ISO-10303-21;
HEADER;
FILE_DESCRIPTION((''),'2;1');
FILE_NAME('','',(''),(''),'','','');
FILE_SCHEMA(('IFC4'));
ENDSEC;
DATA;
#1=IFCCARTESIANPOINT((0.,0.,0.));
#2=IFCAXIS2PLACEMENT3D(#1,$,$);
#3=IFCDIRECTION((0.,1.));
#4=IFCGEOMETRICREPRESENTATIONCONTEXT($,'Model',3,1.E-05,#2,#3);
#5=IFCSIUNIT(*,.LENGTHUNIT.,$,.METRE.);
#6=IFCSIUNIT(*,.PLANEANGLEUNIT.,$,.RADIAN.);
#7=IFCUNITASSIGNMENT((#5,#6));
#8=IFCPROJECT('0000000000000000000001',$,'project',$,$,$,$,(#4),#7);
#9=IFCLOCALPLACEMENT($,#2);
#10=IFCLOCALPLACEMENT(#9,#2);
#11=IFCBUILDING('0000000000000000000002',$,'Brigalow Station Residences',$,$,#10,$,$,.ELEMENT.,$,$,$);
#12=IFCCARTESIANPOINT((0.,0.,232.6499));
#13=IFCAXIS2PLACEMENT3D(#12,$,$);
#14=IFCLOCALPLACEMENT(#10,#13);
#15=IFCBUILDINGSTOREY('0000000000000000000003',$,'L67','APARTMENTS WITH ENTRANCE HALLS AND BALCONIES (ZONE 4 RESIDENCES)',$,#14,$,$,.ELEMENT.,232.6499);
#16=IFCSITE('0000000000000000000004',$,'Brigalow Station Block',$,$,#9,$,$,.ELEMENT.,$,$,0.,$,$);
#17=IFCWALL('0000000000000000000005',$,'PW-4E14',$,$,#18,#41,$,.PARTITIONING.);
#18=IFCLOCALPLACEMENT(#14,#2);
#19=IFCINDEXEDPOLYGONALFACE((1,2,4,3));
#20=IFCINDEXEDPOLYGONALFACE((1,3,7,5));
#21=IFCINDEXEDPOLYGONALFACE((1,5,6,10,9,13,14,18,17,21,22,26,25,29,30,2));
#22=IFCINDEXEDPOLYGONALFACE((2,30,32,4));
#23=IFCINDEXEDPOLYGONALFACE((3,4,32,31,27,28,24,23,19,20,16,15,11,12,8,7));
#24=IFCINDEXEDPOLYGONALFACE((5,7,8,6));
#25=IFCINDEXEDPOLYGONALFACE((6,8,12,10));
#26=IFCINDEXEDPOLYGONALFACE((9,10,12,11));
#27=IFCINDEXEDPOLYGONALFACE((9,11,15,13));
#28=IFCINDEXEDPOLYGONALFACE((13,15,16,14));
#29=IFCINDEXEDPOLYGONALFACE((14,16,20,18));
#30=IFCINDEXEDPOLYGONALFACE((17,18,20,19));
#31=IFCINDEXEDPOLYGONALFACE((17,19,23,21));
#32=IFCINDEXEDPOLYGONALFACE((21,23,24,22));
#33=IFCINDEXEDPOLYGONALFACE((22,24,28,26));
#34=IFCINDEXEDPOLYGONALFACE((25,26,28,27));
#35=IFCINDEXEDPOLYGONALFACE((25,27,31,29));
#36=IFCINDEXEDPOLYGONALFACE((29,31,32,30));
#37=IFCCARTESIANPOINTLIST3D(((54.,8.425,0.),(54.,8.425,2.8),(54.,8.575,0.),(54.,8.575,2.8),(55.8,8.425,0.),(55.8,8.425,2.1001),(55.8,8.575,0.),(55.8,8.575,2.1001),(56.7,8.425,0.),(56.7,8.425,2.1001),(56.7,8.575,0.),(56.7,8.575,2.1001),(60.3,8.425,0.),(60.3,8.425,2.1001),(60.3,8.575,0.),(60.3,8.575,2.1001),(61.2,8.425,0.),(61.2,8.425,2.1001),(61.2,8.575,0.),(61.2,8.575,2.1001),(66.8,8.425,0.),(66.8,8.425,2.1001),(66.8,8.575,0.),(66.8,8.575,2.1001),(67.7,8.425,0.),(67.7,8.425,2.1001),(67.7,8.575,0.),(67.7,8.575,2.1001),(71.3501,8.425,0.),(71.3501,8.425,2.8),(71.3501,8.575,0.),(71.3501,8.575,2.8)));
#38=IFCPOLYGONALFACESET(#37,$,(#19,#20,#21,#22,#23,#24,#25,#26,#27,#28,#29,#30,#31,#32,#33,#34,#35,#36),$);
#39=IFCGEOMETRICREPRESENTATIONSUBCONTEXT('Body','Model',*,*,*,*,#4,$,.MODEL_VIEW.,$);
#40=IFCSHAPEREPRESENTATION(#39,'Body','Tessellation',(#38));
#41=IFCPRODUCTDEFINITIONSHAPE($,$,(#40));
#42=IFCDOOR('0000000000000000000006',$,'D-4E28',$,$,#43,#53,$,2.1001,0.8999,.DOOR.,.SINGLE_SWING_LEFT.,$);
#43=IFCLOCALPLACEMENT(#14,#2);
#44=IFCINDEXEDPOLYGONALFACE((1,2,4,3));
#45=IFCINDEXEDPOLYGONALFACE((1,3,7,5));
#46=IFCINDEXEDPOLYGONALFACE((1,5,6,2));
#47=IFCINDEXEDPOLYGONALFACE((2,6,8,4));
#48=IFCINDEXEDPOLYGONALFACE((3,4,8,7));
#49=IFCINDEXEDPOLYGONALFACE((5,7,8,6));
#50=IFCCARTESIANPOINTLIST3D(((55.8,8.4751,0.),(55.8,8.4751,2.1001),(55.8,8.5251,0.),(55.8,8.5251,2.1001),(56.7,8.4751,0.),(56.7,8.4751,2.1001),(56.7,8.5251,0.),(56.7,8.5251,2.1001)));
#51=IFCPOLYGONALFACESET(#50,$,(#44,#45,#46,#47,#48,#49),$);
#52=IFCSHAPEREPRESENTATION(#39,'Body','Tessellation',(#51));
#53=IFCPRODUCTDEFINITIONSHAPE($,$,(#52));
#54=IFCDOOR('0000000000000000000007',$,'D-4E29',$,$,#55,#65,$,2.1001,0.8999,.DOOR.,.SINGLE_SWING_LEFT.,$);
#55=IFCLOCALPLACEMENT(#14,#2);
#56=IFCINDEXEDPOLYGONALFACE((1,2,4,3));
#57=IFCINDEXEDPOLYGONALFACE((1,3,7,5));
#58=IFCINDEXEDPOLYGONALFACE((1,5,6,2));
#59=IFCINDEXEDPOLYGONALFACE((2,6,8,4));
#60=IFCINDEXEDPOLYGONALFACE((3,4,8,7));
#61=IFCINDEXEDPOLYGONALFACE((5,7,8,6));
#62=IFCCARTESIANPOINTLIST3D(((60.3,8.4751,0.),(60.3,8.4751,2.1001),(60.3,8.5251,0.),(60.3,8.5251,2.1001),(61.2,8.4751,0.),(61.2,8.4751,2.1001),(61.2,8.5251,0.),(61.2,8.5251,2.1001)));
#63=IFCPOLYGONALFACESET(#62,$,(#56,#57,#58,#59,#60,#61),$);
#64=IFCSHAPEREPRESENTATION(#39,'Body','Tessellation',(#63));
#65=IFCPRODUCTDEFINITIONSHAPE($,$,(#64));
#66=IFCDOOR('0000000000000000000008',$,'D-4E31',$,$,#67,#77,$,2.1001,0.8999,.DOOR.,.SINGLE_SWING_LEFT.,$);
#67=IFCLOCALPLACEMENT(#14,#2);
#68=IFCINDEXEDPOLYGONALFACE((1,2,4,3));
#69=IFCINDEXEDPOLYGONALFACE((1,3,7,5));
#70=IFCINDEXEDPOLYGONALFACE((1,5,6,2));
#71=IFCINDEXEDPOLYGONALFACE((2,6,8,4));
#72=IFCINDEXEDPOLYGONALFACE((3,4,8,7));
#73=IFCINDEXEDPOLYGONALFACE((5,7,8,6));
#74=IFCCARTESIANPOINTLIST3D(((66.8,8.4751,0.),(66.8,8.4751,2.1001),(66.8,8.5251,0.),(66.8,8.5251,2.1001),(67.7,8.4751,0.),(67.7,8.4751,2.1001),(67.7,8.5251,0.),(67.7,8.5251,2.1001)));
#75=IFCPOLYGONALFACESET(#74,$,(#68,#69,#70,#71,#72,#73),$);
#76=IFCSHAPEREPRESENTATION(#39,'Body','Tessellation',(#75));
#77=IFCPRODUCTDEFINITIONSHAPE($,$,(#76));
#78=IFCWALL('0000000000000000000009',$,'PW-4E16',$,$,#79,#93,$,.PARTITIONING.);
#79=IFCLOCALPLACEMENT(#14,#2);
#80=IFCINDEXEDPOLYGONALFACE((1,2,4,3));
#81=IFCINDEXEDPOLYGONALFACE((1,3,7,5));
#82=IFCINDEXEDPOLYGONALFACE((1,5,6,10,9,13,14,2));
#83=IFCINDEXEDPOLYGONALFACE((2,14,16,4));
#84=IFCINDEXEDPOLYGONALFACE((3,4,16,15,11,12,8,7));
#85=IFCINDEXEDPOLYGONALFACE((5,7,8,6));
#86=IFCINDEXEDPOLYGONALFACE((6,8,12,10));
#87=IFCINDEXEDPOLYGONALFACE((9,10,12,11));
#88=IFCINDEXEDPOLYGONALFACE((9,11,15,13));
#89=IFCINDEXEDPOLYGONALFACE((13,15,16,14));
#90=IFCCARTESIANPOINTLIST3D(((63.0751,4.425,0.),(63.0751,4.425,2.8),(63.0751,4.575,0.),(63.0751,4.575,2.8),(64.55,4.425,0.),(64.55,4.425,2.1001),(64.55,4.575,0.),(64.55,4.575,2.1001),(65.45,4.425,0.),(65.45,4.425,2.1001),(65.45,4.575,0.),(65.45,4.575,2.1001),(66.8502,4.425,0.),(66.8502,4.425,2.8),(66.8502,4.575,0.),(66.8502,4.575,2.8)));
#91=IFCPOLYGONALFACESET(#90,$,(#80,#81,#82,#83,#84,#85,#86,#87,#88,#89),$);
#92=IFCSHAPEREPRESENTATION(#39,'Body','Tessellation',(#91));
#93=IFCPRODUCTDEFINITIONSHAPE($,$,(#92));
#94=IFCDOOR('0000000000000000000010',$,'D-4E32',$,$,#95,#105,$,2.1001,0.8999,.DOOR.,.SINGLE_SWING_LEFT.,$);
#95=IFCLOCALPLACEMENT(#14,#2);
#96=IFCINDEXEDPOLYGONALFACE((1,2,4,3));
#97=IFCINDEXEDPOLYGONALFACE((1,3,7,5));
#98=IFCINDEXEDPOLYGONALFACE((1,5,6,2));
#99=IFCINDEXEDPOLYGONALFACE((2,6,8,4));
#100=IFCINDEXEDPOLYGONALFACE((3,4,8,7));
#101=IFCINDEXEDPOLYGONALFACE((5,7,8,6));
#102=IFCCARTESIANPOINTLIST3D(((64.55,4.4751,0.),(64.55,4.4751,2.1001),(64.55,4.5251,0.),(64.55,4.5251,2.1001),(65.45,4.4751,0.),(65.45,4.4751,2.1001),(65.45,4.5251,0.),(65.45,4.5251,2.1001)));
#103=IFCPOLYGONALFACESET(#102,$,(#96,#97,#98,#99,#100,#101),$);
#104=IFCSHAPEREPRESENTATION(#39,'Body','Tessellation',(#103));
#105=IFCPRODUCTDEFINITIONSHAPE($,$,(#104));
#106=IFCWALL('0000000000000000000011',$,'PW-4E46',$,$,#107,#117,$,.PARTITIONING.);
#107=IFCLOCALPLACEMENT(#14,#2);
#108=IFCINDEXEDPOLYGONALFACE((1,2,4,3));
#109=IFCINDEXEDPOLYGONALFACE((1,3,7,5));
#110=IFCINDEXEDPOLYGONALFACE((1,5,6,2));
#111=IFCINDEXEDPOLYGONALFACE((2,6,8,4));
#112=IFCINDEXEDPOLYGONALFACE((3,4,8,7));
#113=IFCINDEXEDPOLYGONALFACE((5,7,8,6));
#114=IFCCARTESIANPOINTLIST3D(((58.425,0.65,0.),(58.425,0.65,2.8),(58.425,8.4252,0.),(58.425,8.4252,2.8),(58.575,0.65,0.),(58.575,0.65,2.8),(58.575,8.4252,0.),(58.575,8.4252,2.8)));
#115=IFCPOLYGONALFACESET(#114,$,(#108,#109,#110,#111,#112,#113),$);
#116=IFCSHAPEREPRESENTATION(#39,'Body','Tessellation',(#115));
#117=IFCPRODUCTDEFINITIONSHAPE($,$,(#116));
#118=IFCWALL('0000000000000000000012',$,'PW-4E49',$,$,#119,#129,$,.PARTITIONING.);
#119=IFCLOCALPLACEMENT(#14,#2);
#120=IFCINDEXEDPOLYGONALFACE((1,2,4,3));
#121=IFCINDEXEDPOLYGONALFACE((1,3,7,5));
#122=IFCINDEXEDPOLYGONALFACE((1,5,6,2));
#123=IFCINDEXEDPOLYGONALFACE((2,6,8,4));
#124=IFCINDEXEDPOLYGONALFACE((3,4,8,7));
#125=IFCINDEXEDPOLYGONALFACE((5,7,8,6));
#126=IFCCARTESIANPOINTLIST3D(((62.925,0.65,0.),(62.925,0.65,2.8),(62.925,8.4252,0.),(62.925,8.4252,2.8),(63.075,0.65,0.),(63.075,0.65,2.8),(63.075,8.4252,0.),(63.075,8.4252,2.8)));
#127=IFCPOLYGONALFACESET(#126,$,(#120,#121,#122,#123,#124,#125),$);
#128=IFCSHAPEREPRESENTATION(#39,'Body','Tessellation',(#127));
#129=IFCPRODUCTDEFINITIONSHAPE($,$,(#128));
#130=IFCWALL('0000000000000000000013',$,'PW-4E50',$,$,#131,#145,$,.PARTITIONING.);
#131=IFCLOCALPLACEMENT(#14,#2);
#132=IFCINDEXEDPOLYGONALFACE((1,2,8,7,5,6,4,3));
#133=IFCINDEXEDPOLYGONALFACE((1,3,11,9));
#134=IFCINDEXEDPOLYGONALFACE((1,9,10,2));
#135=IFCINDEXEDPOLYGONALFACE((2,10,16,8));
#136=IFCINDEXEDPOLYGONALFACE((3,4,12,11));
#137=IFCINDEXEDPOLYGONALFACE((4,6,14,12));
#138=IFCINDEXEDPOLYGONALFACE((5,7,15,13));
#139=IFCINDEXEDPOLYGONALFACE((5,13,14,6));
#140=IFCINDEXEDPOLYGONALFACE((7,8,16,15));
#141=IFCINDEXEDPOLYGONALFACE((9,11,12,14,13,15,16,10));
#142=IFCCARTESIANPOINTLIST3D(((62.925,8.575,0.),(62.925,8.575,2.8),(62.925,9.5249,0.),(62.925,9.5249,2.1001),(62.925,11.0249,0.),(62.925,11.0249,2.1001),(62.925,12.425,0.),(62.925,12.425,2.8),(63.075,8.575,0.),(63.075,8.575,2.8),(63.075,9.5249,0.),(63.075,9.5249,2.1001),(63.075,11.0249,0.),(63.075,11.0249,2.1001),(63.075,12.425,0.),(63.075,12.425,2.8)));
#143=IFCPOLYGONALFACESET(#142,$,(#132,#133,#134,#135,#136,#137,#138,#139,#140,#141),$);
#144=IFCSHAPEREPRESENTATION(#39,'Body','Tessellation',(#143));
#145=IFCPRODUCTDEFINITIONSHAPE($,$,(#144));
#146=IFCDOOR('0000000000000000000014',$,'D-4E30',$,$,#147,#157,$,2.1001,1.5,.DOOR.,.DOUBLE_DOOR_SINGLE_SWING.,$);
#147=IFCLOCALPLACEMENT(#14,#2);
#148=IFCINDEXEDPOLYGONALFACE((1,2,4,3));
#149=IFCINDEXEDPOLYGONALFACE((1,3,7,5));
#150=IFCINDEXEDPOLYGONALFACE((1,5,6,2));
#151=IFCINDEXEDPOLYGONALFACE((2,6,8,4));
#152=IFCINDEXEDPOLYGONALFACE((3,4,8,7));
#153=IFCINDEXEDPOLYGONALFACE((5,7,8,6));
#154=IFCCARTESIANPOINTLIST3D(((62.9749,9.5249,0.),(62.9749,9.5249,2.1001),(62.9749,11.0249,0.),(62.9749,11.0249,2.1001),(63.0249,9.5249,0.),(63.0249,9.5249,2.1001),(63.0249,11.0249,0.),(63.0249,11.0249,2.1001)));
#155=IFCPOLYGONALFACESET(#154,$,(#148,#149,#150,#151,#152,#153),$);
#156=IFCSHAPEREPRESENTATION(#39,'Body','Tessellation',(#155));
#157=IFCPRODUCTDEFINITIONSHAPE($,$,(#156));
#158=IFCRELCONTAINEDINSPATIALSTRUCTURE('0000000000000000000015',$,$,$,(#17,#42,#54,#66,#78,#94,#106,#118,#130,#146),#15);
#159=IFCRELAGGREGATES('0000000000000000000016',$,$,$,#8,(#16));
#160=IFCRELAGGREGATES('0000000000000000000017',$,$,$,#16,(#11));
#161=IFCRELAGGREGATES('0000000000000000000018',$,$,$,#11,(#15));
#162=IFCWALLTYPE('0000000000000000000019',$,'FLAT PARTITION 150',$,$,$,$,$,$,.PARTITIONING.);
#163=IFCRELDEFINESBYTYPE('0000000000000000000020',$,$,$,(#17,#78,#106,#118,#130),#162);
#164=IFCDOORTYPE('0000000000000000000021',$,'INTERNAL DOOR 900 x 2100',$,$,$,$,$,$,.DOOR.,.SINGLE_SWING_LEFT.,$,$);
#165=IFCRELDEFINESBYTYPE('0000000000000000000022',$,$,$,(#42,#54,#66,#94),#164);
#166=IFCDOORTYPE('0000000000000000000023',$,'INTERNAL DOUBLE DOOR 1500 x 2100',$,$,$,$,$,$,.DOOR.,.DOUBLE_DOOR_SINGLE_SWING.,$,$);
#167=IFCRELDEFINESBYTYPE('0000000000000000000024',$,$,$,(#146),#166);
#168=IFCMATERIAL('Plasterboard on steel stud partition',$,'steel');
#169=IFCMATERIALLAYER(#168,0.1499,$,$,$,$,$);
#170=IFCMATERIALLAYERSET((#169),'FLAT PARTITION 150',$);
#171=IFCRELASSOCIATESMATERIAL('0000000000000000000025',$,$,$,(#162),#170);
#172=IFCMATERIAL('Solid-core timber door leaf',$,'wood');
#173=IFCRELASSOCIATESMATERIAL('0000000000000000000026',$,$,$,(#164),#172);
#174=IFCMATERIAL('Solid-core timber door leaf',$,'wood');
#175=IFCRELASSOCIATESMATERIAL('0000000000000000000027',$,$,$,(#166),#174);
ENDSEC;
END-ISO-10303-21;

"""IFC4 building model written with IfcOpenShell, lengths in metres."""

from ifc_helpers import new_model, si_unit, direction, frame, frame_2d, origin, place, context, subcontext, project, spatial, rectangle, extrude, material, layer, layer_set, type_object, element, fill, save


model = new_model("IFC4")

# Units and contexts
model_context = context("Model", 3, precision=1e-05, world=origin(), true_north=direction((0.0, 1.0)))
body_context = subcontext(model_context, "Body", "Model", "MODEL_VIEW")
ifc_project = project(units=[si_unit("LENGTHUNIT", "METRE"), si_unit("PLANEANGLEUNIT", "RADIAN")], contexts=[model_context])

# Site, building, storey
site_placement = place(None, origin())
site = spatial("IfcSite", under=ifc_project, at=site_placement, Name="Brigalow Station Block", CompositionType="ELEMENT", RefElevation=0.0)
building_placement = place(site_placement, origin())
building = spatial("IfcBuilding", under=site, at=building_placement, Name="Brigalow Station Residences", CompositionType="ELEMENT")
storey_placement = place(building_placement, frame((0.0, 0.0, 232.6499)))
storey = spatial("IfcBuildingStorey", under=building, at=storey_placement, Name="L67", Description="APARTMENTS WITH ENTRANCE HALLS AND BALCONIES (ZONE 4 RESIDENCES)", CompositionType="ELEMENT", Elevation=232.6499)

# Wall, openings, doors
ifc_material_1 = material(Name="Plasterboard on steel stud partition", Category="steel")
ifc_layer_1 = layer(ifc_material_1, 0.1499)
ifc_layer_set_1 = layer_set([ifc_layer_1], Name="FLAT PARTITION 150")
wall_type_1 = type_object("IfcWallType", Name="FLAT PARTITION 150", PredefinedType="PARTITIONING", material=ifc_layer_set_1)
wall_1_placement = place(storey_placement, frame((54.0, 8.5, 0.0), z_axis=(0.0, 0.0, 1.0), x_axis=(1.0, 0.0, 0.0)))
wall_1 = element("IfcWall", 1, at=wall_1_placement, inside=storey, type_object=wall_type_1, Name="PW-4E14", PredefinedType="PARTITIONING", context=body_context, shape_type="SweptSolid", body=[
    extrude(rectangle(XDim=17.3501, YDim=0.1499, at=frame_2d((8.675, 0.0))), origin(), (0.0, 0.0, 1.0), 2.8),
])
opening_1_placement = place(wall_1_placement, frame((1.8, 0.0, 0.0)))
opening_1 = element("IfcOpeningElement", 2, at=opening_1_placement, cuts=wall_1, PredefinedType="OPENING", context=body_context, shape_type="SweptSolid", body=[
    extrude(rectangle(XDim=0.8999, YDim=2.1001, at=frame_2d((0.45, 1.05))), frame((0.0, 0.085, 0.0), z_axis=(0.0, -1.0, 0.0), x_axis=(1.0, 0.0, 0.0)), (0.0, 0.0, 1.0), 0.1699),
])
opening_2_placement = place(wall_1_placement, frame((6.3, 0.0, 0.0)))
opening_2 = element("IfcOpeningElement", 3, at=opening_2_placement, cuts=wall_1, PredefinedType="OPENING", context=body_context, shape_type="SweptSolid", body=[
    extrude(rectangle(XDim=0.8999, YDim=2.1001, at=frame_2d((0.45, 1.05))), frame((0.0, 0.085, 0.0), z_axis=(0.0, -1.0, 0.0), x_axis=(1.0, 0.0, 0.0)), (0.0, 0.0, 1.0), 0.1699),
])
opening_3_placement = place(wall_1_placement, frame((12.8, 0.0, 0.0)))
opening_3 = element("IfcOpeningElement", 4, at=opening_3_placement, cuts=wall_1, PredefinedType="OPENING", context=body_context, shape_type="SweptSolid", body=[
    extrude(rectangle(XDim=0.8999, YDim=2.1001, at=frame_2d((0.45, 1.05))), frame((0.0, 0.085, 0.0), z_axis=(0.0, -1.0, 0.0), x_axis=(1.0, 0.0, 0.0)), (0.0, 0.0, 1.0), 0.1699),
])
ifc_material_2 = material(Name="Solid-core timber door leaf", Category="wood")
door_type_1 = type_object("IfcDoorType", Name="INTERNAL DOOR 900 x 2100", OperationType="SINGLE_SWING_LEFT", PredefinedType="DOOR", material=ifc_material_2)
door_1_placement = place(opening_1_placement, frame((0.8999, 0.0, 0.0), z_axis=(0.0, 0.0, 1.0), x_axis=(-1.0, 0.0, 0.0)))
door_1 = element("IfcDoor", 5, at=door_1_placement, inside=storey, type_object=door_type_1, Name="D-4E28", OperationType="SINGLE_SWING_LEFT", OverallHeight=2.1001, OverallWidth=0.8999, PredefinedType="DOOR", context=body_context, shape_type="SweptSolid", body=[
    extrude(rectangle(XDim=0.8999, YDim=2.1001, at=frame_2d((0.45, 1.05))), frame((0.0, 0.0249, 0.0), z_axis=(0.0, -1.0, 0.0), x_axis=(1.0, 0.0, 0.0)), (0.0, 0.0, 1.0), 0.05),
])
fill(opening_1, door_1)
door_2_placement = place(opening_2_placement, frame((0.8999, 0.0, 0.0), z_axis=(0.0, 0.0, 1.0), x_axis=(-1.0, 0.0, 0.0)))
door_2 = element("IfcDoor", 6, at=door_2_placement, inside=storey, type_object=door_type_1, Name="D-4E29", OperationType="SINGLE_SWING_LEFT", OverallHeight=2.1001, OverallWidth=0.8999, PredefinedType="DOOR", context=body_context, shape_type="SweptSolid", body=[
    extrude(rectangle(XDim=0.8999, YDim=2.1001, at=frame_2d((0.45, 1.05))), frame((0.0, 0.0249, 0.0), z_axis=(0.0, -1.0, 0.0), x_axis=(1.0, 0.0, 0.0)), (0.0, 0.0, 1.0), 0.05),
])
fill(opening_2, door_2)
door_3_placement = place(opening_3_placement, frame((0.8999, 0.0, 0.0), z_axis=(0.0, 0.0, 1.0), x_axis=(-1.0, 0.0, 0.0)))
door_3 = element("IfcDoor", 7, at=door_3_placement, inside=storey, type_object=door_type_1, Name="D-4E31", OperationType="SINGLE_SWING_LEFT", OverallHeight=2.1001, OverallWidth=0.8999, PredefinedType="DOOR", context=body_context, shape_type="SweptSolid", body=[
    extrude(rectangle(XDim=0.8999, YDim=2.1001, at=frame_2d((0.45, 1.05))), frame((0.0, 0.0249, 0.0), z_axis=(0.0, -1.0, 0.0), x_axis=(1.0, 0.0, 0.0)), (0.0, 0.0, 1.0), 0.05),
])
fill(opening_3, door_3)

# Wall, opening, door
wall_2_placement = place(storey_placement, frame((63.075, 4.5, 0.0), z_axis=(0.0, 0.0, 1.0), x_axis=(1.0, 0.0, 0.0)))
wall_2 = element("IfcWall", 8, at=wall_2_placement, inside=storey, type_object=wall_type_1, Name="PW-4E16", PredefinedType="PARTITIONING", context=body_context, shape_type="SweptSolid", body=[
    extrude(rectangle(XDim=3.7751, YDim=0.1499, at=frame_2d((1.8877, 0.0))), origin(), (0.0, 0.0, 1.0), 2.8),
])
opening_4_placement = place(wall_2_placement, frame((1.4751, 0.0, 0.0)))
opening_4 = element("IfcOpeningElement", 9, at=opening_4_placement, cuts=wall_2, PredefinedType="OPENING", context=body_context, shape_type="SweptSolid", body=[
    extrude(rectangle(XDim=0.8999, YDim=2.1001, at=frame_2d((0.45, 1.05))), frame((0.0, 0.085, 0.0), z_axis=(0.0, -1.0, 0.0), x_axis=(1.0, 0.0, 0.0)), (0.0, 0.0, 1.0), 0.1699),
])
door_4_placement = place(opening_4_placement, frame((0.8999, 0.0, 0.0), z_axis=(0.0, 0.0, 1.0), x_axis=(-1.0, 0.0, 0.0)))
door_4 = element("IfcDoor", 10, at=door_4_placement, inside=storey, type_object=door_type_1, Name="D-4E32", OperationType="SINGLE_SWING_LEFT", OverallHeight=2.1001, OverallWidth=0.8999, PredefinedType="DOOR", context=body_context, shape_type="SweptSolid", body=[
    extrude(rectangle(XDim=0.8999, YDim=2.1001, at=frame_2d((0.45, 1.05))), frame((0.0, 0.0249, 0.0), z_axis=(0.0, -1.0, 0.0), x_axis=(1.0, 0.0, 0.0)), (0.0, 0.0, 1.0), 0.05),
])
fill(opening_4, door_4)

# Walls
for number, where, z_axis, x_axis, name in (
    (11, (58.5, 0.6499, 0.0), (0.0, 0.0, 1.0), (0.0, 1.0, 0.0), "PW-4E46"),
    (12, (63.0, 0.6499, 0.0), (0.0, 0.0, 1.0), (0.0, 1.0, 0.0), "PW-4E49"),
):
    element("IfcWall", number, at=place(storey_placement, frame(where, z_axis=z_axis, x_axis=x_axis)), inside=storey, type_object=wall_type_1, Name=name, PredefinedType="PARTITIONING", context=body_context, shape_type="SweptSolid", body=[
        extrude(rectangle(XDim=7.7751, YDim=0.1499, at=frame_2d((3.8877, 0.0))), origin(), (0.0, 0.0, 1.0), 2.8),
    ])

# Wall, opening, door
wall_3_placement = place(storey_placement, frame((63.0, 8.575, 0.0), z_axis=(0.0, 0.0, 1.0), x_axis=(0.0, 1.0, 0.0)))
wall_3 = element("IfcWall", 13, at=wall_3_placement, inside=storey, type_object=wall_type_1, Name="PW-4E50", PredefinedType="PARTITIONING", context=body_context, shape_type="SweptSolid", body=[
    extrude(rectangle(XDim=3.8501, YDim=0.1499, at=frame_2d((1.925, 0.0))), origin(), (0.0, 0.0, 1.0), 2.8),
])
opening_5_placement = place(wall_3_placement, frame((0.95, 0.0, 0.0)))
opening_5 = element("IfcOpeningElement", 14, at=opening_5_placement, cuts=wall_3, PredefinedType="OPENING", context=body_context, shape_type="SweptSolid", body=[
    extrude(rectangle(XDim=1.5, YDim=2.1001, at=frame_2d((0.75, 1.05))), frame((0.0, 0.085, 0.0), z_axis=(0.0, -1.0, 0.0), x_axis=(1.0, 0.0, 0.0)), (0.0, 0.0, 1.0), 0.1699),
])
ifc_material_3 = material(Name="Solid-core timber door leaf", Category="wood")
door_type_2 = type_object("IfcDoorType", Name="INTERNAL DOUBLE DOOR 1500 x 2100", OperationType="DOUBLE_DOOR_SINGLE_SWING", PredefinedType="DOOR", material=ifc_material_3)
door_5_placement = place(opening_5_placement, frame((1.5, 0.0, 0.0), z_axis=(0.0, 0.0, 1.0), x_axis=(-1.0, 0.0, 0.0)))
door_5 = element("IfcDoor", 15, at=door_5_placement, inside=storey, type_object=door_type_2, Name="D-4E30", OperationType="DOUBLE_DOOR_SINGLE_SWING", OverallHeight=2.1001, OverallWidth=1.5, PredefinedType="DOOR", context=body_context, shape_type="SweptSolid", body=[
    extrude(rectangle(XDim=1.5, YDim=2.1001, at=frame_2d((0.75, 1.05))), frame((0.0, 0.0249, 0.0), z_axis=(0.0, -1.0, 0.0), x_axis=(1.0, 0.0, 0.0)), (0.0, 0.0, 1.0), 0.05),
])
fill(opening_5, door_5)

save(model, "model.ifc")
